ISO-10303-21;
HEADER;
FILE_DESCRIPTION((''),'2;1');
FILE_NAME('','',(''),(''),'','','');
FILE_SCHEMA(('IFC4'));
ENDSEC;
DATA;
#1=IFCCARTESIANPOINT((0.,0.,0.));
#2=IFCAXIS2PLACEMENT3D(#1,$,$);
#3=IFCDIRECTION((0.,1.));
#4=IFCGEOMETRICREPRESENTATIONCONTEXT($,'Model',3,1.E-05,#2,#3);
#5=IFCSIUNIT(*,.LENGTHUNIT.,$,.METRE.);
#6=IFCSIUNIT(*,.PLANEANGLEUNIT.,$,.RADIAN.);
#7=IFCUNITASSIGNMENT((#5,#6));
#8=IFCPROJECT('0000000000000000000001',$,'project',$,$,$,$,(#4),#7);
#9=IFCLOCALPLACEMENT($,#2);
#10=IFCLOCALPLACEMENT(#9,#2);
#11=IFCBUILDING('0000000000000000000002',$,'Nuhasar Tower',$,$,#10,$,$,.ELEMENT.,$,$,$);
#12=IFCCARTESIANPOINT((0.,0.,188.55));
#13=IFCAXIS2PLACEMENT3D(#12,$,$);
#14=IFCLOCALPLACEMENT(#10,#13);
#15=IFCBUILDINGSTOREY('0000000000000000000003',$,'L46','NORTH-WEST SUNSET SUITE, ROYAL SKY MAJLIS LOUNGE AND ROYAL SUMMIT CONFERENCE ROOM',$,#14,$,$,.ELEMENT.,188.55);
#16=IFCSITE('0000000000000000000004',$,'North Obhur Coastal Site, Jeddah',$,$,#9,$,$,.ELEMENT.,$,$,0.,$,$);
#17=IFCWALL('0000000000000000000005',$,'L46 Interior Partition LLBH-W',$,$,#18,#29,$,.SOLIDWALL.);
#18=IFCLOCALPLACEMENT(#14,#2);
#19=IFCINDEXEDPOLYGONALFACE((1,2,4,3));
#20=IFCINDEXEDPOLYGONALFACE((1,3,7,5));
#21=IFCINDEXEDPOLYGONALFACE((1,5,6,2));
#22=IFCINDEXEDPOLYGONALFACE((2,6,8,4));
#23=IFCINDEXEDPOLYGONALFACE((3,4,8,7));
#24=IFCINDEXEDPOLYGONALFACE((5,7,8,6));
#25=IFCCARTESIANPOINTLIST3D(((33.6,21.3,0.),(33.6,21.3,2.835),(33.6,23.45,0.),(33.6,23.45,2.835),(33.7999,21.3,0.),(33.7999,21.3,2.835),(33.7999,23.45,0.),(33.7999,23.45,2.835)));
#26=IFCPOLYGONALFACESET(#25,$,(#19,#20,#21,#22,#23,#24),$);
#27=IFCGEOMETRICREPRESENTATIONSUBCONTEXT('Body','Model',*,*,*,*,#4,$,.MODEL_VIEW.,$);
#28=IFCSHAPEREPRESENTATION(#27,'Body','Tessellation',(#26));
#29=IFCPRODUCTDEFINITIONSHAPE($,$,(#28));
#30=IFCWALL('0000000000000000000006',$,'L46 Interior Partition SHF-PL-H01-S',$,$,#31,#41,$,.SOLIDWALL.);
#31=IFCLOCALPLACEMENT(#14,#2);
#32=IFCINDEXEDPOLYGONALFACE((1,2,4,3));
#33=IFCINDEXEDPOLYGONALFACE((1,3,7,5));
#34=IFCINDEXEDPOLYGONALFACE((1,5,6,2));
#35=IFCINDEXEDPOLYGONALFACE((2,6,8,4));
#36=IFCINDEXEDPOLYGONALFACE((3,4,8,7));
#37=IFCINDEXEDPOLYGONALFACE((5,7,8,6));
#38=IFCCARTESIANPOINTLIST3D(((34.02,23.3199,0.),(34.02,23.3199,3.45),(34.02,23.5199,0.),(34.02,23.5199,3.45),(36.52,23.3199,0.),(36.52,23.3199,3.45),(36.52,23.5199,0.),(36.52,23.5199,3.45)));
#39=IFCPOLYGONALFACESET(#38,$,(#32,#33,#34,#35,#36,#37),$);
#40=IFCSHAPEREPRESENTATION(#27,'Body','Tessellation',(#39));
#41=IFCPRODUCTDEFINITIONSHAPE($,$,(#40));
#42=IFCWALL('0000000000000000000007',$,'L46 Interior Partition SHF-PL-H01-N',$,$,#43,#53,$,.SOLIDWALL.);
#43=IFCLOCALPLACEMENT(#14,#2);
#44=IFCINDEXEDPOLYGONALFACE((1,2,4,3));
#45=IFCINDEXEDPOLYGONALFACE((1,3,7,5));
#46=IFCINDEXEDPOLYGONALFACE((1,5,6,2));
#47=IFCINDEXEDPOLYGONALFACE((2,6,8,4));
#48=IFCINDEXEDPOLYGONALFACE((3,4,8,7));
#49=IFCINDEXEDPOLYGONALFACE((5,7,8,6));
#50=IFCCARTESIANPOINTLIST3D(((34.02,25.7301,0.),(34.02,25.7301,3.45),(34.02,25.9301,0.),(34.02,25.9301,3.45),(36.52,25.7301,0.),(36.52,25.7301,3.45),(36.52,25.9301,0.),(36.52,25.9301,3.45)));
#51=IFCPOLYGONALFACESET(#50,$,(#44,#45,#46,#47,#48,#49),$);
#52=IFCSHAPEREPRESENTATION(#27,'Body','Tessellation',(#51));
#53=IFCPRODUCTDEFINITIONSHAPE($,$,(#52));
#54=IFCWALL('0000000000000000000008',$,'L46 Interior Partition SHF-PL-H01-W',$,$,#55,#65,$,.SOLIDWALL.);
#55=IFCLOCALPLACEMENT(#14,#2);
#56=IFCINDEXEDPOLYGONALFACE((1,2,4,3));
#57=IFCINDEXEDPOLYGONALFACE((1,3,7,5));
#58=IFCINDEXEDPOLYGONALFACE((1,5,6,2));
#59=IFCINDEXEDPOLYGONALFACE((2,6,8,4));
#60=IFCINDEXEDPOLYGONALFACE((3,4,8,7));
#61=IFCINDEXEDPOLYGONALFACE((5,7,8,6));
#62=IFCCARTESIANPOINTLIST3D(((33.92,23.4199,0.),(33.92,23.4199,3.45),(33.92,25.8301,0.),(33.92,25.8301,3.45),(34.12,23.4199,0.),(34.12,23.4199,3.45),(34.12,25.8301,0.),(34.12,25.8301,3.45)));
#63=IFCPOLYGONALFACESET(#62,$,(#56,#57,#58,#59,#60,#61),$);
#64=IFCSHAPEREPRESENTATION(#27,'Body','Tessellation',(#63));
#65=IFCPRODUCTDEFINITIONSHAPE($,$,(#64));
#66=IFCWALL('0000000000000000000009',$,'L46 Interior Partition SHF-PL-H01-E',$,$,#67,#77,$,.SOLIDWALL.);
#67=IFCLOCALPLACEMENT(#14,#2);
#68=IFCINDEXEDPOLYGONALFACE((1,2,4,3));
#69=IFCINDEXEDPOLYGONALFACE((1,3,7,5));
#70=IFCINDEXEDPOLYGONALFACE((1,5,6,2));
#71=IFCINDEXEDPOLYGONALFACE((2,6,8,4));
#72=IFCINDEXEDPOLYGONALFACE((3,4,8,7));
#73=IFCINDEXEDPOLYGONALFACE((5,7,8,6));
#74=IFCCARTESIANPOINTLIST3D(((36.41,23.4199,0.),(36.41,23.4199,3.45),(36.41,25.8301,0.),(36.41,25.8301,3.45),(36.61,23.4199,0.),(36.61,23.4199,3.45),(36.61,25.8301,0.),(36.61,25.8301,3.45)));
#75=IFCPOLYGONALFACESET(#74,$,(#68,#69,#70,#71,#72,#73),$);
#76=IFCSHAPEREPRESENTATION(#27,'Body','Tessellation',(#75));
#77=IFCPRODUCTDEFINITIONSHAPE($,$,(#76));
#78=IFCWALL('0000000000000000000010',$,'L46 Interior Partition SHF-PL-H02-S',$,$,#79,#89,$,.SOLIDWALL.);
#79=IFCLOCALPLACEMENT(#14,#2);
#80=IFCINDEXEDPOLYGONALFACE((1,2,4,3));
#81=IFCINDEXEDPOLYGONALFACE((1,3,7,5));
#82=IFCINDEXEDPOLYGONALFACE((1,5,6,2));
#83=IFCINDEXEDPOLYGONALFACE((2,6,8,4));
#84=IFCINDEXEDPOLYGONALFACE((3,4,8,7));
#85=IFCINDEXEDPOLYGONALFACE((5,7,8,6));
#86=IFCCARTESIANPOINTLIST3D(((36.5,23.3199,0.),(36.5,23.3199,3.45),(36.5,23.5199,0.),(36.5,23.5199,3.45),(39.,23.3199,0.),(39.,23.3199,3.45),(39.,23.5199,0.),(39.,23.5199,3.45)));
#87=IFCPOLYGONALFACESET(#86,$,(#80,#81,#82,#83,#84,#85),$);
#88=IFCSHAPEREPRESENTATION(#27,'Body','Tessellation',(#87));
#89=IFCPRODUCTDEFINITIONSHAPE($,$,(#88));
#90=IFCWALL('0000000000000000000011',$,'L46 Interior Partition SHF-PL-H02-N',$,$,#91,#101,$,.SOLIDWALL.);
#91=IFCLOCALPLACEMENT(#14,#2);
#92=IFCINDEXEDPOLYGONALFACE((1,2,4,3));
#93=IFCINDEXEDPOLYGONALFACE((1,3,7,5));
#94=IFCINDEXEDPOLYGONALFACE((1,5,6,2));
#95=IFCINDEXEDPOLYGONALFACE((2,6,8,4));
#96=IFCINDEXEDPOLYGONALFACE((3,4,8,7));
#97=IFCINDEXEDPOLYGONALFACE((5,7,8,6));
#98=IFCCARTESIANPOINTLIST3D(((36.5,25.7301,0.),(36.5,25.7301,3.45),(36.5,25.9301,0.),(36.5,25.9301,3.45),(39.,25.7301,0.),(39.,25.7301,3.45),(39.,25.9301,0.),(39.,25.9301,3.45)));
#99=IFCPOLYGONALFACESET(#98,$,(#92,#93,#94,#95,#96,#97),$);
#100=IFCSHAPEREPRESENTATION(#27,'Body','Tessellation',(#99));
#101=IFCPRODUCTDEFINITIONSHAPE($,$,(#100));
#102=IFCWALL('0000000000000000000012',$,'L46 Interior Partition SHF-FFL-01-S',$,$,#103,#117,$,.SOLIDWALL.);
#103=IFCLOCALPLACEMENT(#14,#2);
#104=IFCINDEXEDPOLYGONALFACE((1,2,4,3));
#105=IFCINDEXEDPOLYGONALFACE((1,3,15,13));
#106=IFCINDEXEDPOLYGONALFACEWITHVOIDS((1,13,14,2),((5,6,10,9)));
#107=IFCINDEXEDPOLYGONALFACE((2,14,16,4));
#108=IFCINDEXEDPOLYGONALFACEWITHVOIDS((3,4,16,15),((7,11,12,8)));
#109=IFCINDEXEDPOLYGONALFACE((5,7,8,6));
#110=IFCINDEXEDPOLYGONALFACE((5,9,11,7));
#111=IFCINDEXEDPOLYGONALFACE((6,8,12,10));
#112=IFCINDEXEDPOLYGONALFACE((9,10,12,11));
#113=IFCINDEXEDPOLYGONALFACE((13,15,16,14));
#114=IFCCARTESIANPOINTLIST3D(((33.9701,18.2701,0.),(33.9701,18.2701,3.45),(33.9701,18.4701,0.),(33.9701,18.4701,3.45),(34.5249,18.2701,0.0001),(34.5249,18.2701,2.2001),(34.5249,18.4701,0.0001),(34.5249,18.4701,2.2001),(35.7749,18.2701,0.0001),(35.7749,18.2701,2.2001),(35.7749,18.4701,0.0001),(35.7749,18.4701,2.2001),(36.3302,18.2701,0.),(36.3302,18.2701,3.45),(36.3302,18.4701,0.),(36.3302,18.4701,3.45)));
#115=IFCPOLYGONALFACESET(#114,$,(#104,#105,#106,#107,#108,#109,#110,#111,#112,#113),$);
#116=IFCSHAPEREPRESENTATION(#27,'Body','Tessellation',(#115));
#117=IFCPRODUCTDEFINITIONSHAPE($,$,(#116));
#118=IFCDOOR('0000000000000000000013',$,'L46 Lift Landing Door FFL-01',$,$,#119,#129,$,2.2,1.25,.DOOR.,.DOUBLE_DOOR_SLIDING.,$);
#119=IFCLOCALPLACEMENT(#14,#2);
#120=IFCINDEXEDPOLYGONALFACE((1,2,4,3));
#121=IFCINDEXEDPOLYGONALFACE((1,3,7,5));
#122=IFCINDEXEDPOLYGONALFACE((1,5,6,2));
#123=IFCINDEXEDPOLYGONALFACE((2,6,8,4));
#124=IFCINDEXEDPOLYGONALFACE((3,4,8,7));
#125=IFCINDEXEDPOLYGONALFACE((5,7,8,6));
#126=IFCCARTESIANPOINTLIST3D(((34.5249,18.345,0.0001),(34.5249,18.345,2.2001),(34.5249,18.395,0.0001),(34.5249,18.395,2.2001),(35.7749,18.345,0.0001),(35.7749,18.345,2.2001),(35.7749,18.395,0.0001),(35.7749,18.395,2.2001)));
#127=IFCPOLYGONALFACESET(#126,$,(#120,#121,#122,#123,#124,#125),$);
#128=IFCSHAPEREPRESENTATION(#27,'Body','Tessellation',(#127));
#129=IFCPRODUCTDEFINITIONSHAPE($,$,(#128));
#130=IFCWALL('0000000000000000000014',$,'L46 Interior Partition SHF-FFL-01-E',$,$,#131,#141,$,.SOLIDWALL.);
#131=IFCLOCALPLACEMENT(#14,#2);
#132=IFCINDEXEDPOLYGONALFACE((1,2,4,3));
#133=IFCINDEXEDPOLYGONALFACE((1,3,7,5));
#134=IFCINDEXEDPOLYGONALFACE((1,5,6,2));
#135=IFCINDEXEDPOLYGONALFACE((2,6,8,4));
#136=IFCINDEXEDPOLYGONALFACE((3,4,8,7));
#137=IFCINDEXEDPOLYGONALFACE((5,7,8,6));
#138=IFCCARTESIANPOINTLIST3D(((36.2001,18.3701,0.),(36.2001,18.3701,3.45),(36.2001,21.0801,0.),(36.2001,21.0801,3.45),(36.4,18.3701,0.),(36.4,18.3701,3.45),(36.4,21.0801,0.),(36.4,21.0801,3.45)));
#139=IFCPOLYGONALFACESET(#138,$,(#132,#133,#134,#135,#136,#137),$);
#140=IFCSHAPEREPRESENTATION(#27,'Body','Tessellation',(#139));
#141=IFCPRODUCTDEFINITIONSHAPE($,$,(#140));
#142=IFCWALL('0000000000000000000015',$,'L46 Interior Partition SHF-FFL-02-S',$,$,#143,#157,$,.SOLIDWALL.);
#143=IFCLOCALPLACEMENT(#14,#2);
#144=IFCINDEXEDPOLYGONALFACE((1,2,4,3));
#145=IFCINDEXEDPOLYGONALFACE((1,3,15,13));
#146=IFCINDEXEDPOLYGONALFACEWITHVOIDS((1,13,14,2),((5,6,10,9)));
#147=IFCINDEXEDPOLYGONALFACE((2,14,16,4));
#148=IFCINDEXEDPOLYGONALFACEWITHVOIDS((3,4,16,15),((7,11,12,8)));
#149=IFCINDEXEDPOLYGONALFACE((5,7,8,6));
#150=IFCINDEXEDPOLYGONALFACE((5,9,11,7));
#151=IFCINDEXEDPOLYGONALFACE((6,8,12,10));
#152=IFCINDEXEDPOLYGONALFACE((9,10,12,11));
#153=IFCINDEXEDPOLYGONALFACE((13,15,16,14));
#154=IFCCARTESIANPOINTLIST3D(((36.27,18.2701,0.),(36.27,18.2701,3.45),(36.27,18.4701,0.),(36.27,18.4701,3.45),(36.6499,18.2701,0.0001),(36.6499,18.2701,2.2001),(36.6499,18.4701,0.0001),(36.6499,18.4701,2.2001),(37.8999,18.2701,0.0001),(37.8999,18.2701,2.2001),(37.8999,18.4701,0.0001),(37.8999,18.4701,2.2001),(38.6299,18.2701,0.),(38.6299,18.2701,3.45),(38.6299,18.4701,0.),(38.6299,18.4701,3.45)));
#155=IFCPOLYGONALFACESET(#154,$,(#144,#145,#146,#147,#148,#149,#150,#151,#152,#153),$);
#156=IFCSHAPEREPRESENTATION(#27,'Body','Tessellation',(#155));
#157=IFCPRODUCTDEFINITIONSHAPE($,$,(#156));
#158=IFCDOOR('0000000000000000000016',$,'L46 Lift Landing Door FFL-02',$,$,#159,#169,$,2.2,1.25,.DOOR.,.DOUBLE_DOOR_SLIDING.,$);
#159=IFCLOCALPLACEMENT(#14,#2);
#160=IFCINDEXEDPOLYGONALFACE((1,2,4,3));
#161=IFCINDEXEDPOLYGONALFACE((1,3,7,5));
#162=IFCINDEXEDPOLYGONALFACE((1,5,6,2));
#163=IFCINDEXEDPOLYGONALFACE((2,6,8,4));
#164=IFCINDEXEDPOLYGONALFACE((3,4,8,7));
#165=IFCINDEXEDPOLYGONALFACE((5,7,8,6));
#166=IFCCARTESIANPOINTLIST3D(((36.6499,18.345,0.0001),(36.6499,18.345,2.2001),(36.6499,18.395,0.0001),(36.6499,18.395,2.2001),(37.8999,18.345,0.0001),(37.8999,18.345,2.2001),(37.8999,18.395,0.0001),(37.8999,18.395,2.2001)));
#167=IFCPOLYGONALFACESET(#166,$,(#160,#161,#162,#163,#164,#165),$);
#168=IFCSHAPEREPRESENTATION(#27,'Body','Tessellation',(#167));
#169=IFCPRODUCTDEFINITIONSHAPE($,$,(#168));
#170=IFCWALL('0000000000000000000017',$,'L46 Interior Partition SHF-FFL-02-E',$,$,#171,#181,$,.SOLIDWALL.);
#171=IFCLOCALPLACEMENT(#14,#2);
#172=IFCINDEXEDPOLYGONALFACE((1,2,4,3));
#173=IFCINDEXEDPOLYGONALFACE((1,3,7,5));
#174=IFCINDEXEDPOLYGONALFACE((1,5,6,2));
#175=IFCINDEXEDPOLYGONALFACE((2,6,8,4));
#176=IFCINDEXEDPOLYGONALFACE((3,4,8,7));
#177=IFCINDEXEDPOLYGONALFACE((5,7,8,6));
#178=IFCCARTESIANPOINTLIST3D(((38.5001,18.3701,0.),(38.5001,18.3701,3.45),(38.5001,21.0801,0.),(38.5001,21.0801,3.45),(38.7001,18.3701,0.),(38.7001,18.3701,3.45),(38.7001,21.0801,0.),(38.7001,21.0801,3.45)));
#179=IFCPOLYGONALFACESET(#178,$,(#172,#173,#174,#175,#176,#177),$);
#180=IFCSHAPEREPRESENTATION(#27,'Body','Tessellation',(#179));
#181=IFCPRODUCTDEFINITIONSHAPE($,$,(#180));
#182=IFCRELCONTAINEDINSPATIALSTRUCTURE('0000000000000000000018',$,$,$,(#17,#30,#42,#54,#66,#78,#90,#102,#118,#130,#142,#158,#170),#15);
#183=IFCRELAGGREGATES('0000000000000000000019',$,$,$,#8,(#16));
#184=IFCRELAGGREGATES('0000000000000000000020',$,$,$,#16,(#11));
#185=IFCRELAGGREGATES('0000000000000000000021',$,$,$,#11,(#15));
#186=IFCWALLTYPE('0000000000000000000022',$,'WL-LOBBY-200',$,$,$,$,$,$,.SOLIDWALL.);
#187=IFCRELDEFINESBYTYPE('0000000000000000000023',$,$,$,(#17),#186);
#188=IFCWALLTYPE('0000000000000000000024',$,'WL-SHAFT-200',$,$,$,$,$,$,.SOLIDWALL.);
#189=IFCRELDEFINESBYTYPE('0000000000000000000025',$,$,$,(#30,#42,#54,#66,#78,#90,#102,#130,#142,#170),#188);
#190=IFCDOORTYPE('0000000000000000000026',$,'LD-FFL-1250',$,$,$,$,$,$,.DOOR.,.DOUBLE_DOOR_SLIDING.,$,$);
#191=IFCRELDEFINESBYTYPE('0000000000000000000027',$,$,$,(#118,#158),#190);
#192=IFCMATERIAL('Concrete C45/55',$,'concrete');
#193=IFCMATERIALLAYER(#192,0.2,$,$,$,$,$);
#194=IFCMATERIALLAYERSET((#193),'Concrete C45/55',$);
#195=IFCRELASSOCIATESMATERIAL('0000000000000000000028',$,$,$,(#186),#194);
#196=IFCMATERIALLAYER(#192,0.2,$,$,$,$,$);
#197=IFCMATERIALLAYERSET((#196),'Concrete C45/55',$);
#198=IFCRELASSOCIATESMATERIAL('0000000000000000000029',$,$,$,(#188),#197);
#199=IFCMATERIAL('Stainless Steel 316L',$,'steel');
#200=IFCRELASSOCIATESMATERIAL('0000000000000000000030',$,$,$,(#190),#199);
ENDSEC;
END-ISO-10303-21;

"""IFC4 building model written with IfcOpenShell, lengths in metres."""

from ifc_helpers import new_model, si_unit, direction, frame, frame_2d, origin, place, context, subcontext, project, spatial, rectangle, extrude, material, layer, layer_set, type_object, element, fill, save


model = new_model("IFC4")

# Units and contexts
model_context = context("Model", 3, precision=1e-05, world=origin(), true_north=direction((0.0, 1.0)))
body_context = subcontext(model_context, "Body", "Model", "MODEL_VIEW")
ifc_project = project(units=[si_unit("LENGTHUNIT", "METRE"), si_unit("PLANEANGLEUNIT", "RADIAN")], contexts=[model_context])

# Site, building, storey
site_placement = place(None, origin())
site = spatial("IfcSite", under=ifc_project, at=site_placement, Name="North Obhur Coastal Site, Jeddah", CompositionType="ELEMENT", RefElevation=0.0)
building_placement = place(site_placement, origin())
building = spatial("IfcBuilding", under=site, at=building_placement, Name="Nuhasar Tower", CompositionType="ELEMENT")
storey_placement = place(building_placement, frame((0.0, 0.0, 188.55)))
storey = spatial("IfcBuildingStorey", under=building, at=storey_placement, Name="L46", Description="NORTH-WEST SUNSET SUITE, ROYAL SKY MAJLIS LOUNGE AND ROYAL SUMMIT CONFERENCE ROOM", CompositionType="ELEMENT", Elevation=188.55)

# Walls
ifc_material_1 = material(Name="Concrete C45/55", Category="concrete")
ifc_layer_1 = layer(ifc_material_1, 0.2)
ifc_layer_set_1 = layer_set([ifc_layer_1], Name="Concrete C45/55")
wall_type_1 = type_object("IfcWallType", Name="WL-LOBBY-200", PredefinedType="SOLIDWALL", material=ifc_layer_set_1)
wall_1_placement = place(storey_placement, frame((33.7, 21.3, 0.0), z_axis=(0.0, 0.0, 1.0), x_axis=(0.0, 1.0, 0.0)))
element("IfcWall", 1, at=wall_1_placement, inside=storey, type_object=wall_type_1, Name="L46 Interior Partition LLBH-W", PredefinedType="SOLIDWALL", context=body_context, shape_type="SweptSolid", body=[
    extrude(rectangle(XDim=2.1499, YDim=0.2, at=frame_2d((1.075, 0.0))), origin(), (0.0, 0.0, 1.0), 2.835),
])
ifc_layer_2 = layer(ifc_material_1, 0.2)
ifc_layer_set_2 = layer_set([ifc_layer_2], Name="Concrete C45/55")
wall_type_2 = type_object("IfcWallType", Name="WL-SHAFT-200", PredefinedType="SOLIDWALL", material=ifc_layer_set_2)
for number, where, z_axis, x_axis, name in (
    (2, (34.02, 23.4199, 0.0), (0.0, 0.0, 1.0), (1.0, 0.0, 0.0), "L46 Interior Partition SHF-PL-H01-S"),
    (3, (34.02, 25.8301, 0.0), (0.0, 0.0, 1.0), (1.0, 0.0, 0.0), "L46 Interior Partition SHF-PL-H01-N"),
):
    element("IfcWall", number, at=place(storey_placement, frame(where, z_axis=z_axis, x_axis=x_axis)), inside=storey, type_object=wall_type_2, Name=name, PredefinedType="SOLIDWALL", context=body_context, shape_type="SweptSolid", body=[
        extrude(rectangle(XDim=2.5, YDim=0.2, at=frame_2d((1.25, 0.0))), origin(), (0.0, 0.0, 1.0), 3.45),
    ])
for number, where, z_axis, x_axis, name in (
    (4, (34.02, 23.4199, 0.0), (0.0, 0.0, 1.0), (0.0, 1.0, 0.0), "L46 Interior Partition SHF-PL-H01-W"),
    (5, (36.51, 23.4199, 0.0), (0.0, 0.0, 1.0), (0.0, 1.0, 0.0), "L46 Interior Partition SHF-PL-H01-E"),
):
    element("IfcWall", number, at=place(storey_placement, frame(where, z_axis=z_axis, x_axis=x_axis)), inside=storey, type_object=wall_type_2, Name=name, PredefinedType="SOLIDWALL", context=body_context, shape_type="SweptSolid", body=[
        extrude(rectangle(XDim=2.4102, YDim=0.2, at=frame_2d((1.2051, 0.0))), origin(), (0.0, 0.0, 1.0), 3.45),
    ])
for number, where, z_axis, x_axis, name in (
    (6, (36.5, 23.4199, 0.0), (0.0, 0.0, 1.0), (1.0, 0.0, 0.0), "L46 Interior Partition SHF-PL-H02-S"),
    (7, (36.5, 25.8301, 0.0), (0.0, 0.0, 1.0), (1.0, 0.0, 0.0), "L46 Interior Partition SHF-PL-H02-N"),
):
    element("IfcWall", number, at=place(storey_placement, frame(where, z_axis=z_axis, x_axis=x_axis)), inside=storey, type_object=wall_type_2, Name=name, PredefinedType="SOLIDWALL", context=body_context, shape_type="SweptSolid", body=[
        extrude(rectangle(XDim=2.5, YDim=0.2, at=frame_2d((1.25, 0.0))), origin(), (0.0, 0.0, 1.0), 3.45),
    ])

# Wall, opening, door
wall_2_placement = place(storey_placement, frame((33.97, 18.3701, 0.0), z_axis=(0.0, 0.0, 1.0), x_axis=(1.0, 0.0, 0.0)))
wall_2 = element("IfcWall", 8, at=wall_2_placement, inside=storey, type_object=wall_type_2, Name="L46 Interior Partition SHF-FFL-01-S", PredefinedType="SOLIDWALL", context=body_context, shape_type="SweptSolid", body=[
    extrude(rectangle(XDim=2.3601, YDim=0.2, at=frame_2d((1.1802, 0.0))), origin(), (0.0, 0.0, 1.0), 3.45),
])
opening_1_placement = place(wall_2_placement, frame((0.5549, 0.0, 0.0)))
opening_1 = element("IfcOpeningElement", 9, at=opening_1_placement, cuts=wall_2, PredefinedType="OPENING", context=body_context, shape_type="SweptSolid", body=[
    extrude(rectangle(XDim=1.25, YDim=2.2, at=frame_2d((0.625, 1.1001))), frame((0.0, 0.1099, 0.0), z_axis=(0.0, -1.0, 0.0), x_axis=(1.0, 0.0, 0.0)), (0.0, 0.0, 1.0), 0.22),
])
ifc_material_2 = material(Name="Stainless Steel 316L", Category="steel")
door_type_1 = type_object("IfcDoorType", Name="LD-FFL-1250", OperationType="DOUBLE_DOOR_SLIDING", PredefinedType="DOOR", material=ifc_material_2)
door_1_placement = place(opening_1_placement, origin())
door_1 = element("IfcDoor", 10, at=door_1_placement, inside=storey, type_object=door_type_1, Name="L46 Lift Landing Door FFL-01", OperationType="DOUBLE_DOOR_SLIDING", OverallHeight=2.2, OverallWidth=1.25, PredefinedType="DOOR", context=body_context, shape_type="SweptSolid", body=[
    extrude(rectangle(XDim=1.25, YDim=2.2, at=frame_2d((0.625, 1.1001))), frame((0.0, 0.0249, 0.0), z_axis=(0.0, -1.0, 0.0), x_axis=(1.0, 0.0, 0.0)), (0.0, 0.0, 1.0), 0.05),
])
fill(opening_1, door_1)

# Wall
wall_3_placement = place(storey_placement, frame((36.3, 18.3701, 0.0), z_axis=(0.0, 0.0, 1.0), x_axis=(0.0, 1.0, 0.0)))
element("IfcWall", 11, at=wall_3_placement, inside=storey, type_object=wall_type_2, Name="L46 Interior Partition SHF-FFL-01-E", PredefinedType="SOLIDWALL", context=body_context, shape_type="SweptSolid", body=[
    extrude(rectangle(XDim=2.71, YDim=0.2, at=frame_2d((1.355, 0.0))), origin(), (0.0, 0.0, 1.0), 3.45),
])

# Wall, opening, door
wall_4_placement = place(storey_placement, frame((36.27, 18.3701, 0.0), z_axis=(0.0, 0.0, 1.0), x_axis=(1.0, 0.0, 0.0)))
wall_4 = element("IfcWall", 12, at=wall_4_placement, inside=storey, type_object=wall_type_2, Name="L46 Interior Partition SHF-FFL-02-S", PredefinedType="SOLIDWALL", context=body_context, shape_type="SweptSolid", body=[
    extrude(rectangle(XDim=2.3599, YDim=0.2, at=frame_2d((1.1799, 0.0))), origin(), (0.0, 0.0, 1.0), 3.45),
])
opening_2_placement = place(wall_4_placement, frame((0.3799, 0.0, 0.0)))
opening_2 = element("IfcOpeningElement", 13, at=opening_2_placement, cuts=wall_4, PredefinedType="OPENING", context=body_context, shape_type="SweptSolid", body=[
    extrude(rectangle(XDim=1.25, YDim=2.2, at=frame_2d((0.625, 1.1001))), frame((0.0, 0.1099, 0.0), z_axis=(0.0, -1.0, 0.0), x_axis=(1.0, 0.0, 0.0)), (0.0, 0.0, 1.0), 0.22),
])
door_2_placement = place(opening_2_placement, origin())
door_2 = element("IfcDoor", 14, at=door_2_placement, inside=storey, type_object=door_type_1, Name="L46 Lift Landing Door FFL-02", OperationType="DOUBLE_DOOR_SLIDING", OverallHeight=2.2, OverallWidth=1.25, PredefinedType="DOOR", context=body_context, shape_type="SweptSolid", body=[
    extrude(rectangle(XDim=1.25, YDim=2.2, at=frame_2d((0.625, 1.1001))), frame((0.0, 0.0249, 0.0), z_axis=(0.0, -1.0, 0.0), x_axis=(1.0, 0.0, 0.0)), (0.0, 0.0, 1.0), 0.05),
])
fill(opening_2, door_2)

# Wall
wall_5_placement = place(storey_placement, frame((38.6001, 18.3701, 0.0), z_axis=(0.0, 0.0, 1.0), x_axis=(0.0, 1.0, 0.0)))
element("IfcWall", 15, at=wall_5_placement, inside=storey, type_object=wall_type_2, Name="L46 Interior Partition SHF-FFL-02-E", PredefinedType="SOLIDWALL", context=body_context, shape_type="SweptSolid", body=[
    extrude(rectangle(XDim=2.71, YDim=0.2, at=frame_2d((1.355, 0.0))), origin(), (0.0, 0.0, 1.0), 3.45),
])

save(model, "model.ifc")
